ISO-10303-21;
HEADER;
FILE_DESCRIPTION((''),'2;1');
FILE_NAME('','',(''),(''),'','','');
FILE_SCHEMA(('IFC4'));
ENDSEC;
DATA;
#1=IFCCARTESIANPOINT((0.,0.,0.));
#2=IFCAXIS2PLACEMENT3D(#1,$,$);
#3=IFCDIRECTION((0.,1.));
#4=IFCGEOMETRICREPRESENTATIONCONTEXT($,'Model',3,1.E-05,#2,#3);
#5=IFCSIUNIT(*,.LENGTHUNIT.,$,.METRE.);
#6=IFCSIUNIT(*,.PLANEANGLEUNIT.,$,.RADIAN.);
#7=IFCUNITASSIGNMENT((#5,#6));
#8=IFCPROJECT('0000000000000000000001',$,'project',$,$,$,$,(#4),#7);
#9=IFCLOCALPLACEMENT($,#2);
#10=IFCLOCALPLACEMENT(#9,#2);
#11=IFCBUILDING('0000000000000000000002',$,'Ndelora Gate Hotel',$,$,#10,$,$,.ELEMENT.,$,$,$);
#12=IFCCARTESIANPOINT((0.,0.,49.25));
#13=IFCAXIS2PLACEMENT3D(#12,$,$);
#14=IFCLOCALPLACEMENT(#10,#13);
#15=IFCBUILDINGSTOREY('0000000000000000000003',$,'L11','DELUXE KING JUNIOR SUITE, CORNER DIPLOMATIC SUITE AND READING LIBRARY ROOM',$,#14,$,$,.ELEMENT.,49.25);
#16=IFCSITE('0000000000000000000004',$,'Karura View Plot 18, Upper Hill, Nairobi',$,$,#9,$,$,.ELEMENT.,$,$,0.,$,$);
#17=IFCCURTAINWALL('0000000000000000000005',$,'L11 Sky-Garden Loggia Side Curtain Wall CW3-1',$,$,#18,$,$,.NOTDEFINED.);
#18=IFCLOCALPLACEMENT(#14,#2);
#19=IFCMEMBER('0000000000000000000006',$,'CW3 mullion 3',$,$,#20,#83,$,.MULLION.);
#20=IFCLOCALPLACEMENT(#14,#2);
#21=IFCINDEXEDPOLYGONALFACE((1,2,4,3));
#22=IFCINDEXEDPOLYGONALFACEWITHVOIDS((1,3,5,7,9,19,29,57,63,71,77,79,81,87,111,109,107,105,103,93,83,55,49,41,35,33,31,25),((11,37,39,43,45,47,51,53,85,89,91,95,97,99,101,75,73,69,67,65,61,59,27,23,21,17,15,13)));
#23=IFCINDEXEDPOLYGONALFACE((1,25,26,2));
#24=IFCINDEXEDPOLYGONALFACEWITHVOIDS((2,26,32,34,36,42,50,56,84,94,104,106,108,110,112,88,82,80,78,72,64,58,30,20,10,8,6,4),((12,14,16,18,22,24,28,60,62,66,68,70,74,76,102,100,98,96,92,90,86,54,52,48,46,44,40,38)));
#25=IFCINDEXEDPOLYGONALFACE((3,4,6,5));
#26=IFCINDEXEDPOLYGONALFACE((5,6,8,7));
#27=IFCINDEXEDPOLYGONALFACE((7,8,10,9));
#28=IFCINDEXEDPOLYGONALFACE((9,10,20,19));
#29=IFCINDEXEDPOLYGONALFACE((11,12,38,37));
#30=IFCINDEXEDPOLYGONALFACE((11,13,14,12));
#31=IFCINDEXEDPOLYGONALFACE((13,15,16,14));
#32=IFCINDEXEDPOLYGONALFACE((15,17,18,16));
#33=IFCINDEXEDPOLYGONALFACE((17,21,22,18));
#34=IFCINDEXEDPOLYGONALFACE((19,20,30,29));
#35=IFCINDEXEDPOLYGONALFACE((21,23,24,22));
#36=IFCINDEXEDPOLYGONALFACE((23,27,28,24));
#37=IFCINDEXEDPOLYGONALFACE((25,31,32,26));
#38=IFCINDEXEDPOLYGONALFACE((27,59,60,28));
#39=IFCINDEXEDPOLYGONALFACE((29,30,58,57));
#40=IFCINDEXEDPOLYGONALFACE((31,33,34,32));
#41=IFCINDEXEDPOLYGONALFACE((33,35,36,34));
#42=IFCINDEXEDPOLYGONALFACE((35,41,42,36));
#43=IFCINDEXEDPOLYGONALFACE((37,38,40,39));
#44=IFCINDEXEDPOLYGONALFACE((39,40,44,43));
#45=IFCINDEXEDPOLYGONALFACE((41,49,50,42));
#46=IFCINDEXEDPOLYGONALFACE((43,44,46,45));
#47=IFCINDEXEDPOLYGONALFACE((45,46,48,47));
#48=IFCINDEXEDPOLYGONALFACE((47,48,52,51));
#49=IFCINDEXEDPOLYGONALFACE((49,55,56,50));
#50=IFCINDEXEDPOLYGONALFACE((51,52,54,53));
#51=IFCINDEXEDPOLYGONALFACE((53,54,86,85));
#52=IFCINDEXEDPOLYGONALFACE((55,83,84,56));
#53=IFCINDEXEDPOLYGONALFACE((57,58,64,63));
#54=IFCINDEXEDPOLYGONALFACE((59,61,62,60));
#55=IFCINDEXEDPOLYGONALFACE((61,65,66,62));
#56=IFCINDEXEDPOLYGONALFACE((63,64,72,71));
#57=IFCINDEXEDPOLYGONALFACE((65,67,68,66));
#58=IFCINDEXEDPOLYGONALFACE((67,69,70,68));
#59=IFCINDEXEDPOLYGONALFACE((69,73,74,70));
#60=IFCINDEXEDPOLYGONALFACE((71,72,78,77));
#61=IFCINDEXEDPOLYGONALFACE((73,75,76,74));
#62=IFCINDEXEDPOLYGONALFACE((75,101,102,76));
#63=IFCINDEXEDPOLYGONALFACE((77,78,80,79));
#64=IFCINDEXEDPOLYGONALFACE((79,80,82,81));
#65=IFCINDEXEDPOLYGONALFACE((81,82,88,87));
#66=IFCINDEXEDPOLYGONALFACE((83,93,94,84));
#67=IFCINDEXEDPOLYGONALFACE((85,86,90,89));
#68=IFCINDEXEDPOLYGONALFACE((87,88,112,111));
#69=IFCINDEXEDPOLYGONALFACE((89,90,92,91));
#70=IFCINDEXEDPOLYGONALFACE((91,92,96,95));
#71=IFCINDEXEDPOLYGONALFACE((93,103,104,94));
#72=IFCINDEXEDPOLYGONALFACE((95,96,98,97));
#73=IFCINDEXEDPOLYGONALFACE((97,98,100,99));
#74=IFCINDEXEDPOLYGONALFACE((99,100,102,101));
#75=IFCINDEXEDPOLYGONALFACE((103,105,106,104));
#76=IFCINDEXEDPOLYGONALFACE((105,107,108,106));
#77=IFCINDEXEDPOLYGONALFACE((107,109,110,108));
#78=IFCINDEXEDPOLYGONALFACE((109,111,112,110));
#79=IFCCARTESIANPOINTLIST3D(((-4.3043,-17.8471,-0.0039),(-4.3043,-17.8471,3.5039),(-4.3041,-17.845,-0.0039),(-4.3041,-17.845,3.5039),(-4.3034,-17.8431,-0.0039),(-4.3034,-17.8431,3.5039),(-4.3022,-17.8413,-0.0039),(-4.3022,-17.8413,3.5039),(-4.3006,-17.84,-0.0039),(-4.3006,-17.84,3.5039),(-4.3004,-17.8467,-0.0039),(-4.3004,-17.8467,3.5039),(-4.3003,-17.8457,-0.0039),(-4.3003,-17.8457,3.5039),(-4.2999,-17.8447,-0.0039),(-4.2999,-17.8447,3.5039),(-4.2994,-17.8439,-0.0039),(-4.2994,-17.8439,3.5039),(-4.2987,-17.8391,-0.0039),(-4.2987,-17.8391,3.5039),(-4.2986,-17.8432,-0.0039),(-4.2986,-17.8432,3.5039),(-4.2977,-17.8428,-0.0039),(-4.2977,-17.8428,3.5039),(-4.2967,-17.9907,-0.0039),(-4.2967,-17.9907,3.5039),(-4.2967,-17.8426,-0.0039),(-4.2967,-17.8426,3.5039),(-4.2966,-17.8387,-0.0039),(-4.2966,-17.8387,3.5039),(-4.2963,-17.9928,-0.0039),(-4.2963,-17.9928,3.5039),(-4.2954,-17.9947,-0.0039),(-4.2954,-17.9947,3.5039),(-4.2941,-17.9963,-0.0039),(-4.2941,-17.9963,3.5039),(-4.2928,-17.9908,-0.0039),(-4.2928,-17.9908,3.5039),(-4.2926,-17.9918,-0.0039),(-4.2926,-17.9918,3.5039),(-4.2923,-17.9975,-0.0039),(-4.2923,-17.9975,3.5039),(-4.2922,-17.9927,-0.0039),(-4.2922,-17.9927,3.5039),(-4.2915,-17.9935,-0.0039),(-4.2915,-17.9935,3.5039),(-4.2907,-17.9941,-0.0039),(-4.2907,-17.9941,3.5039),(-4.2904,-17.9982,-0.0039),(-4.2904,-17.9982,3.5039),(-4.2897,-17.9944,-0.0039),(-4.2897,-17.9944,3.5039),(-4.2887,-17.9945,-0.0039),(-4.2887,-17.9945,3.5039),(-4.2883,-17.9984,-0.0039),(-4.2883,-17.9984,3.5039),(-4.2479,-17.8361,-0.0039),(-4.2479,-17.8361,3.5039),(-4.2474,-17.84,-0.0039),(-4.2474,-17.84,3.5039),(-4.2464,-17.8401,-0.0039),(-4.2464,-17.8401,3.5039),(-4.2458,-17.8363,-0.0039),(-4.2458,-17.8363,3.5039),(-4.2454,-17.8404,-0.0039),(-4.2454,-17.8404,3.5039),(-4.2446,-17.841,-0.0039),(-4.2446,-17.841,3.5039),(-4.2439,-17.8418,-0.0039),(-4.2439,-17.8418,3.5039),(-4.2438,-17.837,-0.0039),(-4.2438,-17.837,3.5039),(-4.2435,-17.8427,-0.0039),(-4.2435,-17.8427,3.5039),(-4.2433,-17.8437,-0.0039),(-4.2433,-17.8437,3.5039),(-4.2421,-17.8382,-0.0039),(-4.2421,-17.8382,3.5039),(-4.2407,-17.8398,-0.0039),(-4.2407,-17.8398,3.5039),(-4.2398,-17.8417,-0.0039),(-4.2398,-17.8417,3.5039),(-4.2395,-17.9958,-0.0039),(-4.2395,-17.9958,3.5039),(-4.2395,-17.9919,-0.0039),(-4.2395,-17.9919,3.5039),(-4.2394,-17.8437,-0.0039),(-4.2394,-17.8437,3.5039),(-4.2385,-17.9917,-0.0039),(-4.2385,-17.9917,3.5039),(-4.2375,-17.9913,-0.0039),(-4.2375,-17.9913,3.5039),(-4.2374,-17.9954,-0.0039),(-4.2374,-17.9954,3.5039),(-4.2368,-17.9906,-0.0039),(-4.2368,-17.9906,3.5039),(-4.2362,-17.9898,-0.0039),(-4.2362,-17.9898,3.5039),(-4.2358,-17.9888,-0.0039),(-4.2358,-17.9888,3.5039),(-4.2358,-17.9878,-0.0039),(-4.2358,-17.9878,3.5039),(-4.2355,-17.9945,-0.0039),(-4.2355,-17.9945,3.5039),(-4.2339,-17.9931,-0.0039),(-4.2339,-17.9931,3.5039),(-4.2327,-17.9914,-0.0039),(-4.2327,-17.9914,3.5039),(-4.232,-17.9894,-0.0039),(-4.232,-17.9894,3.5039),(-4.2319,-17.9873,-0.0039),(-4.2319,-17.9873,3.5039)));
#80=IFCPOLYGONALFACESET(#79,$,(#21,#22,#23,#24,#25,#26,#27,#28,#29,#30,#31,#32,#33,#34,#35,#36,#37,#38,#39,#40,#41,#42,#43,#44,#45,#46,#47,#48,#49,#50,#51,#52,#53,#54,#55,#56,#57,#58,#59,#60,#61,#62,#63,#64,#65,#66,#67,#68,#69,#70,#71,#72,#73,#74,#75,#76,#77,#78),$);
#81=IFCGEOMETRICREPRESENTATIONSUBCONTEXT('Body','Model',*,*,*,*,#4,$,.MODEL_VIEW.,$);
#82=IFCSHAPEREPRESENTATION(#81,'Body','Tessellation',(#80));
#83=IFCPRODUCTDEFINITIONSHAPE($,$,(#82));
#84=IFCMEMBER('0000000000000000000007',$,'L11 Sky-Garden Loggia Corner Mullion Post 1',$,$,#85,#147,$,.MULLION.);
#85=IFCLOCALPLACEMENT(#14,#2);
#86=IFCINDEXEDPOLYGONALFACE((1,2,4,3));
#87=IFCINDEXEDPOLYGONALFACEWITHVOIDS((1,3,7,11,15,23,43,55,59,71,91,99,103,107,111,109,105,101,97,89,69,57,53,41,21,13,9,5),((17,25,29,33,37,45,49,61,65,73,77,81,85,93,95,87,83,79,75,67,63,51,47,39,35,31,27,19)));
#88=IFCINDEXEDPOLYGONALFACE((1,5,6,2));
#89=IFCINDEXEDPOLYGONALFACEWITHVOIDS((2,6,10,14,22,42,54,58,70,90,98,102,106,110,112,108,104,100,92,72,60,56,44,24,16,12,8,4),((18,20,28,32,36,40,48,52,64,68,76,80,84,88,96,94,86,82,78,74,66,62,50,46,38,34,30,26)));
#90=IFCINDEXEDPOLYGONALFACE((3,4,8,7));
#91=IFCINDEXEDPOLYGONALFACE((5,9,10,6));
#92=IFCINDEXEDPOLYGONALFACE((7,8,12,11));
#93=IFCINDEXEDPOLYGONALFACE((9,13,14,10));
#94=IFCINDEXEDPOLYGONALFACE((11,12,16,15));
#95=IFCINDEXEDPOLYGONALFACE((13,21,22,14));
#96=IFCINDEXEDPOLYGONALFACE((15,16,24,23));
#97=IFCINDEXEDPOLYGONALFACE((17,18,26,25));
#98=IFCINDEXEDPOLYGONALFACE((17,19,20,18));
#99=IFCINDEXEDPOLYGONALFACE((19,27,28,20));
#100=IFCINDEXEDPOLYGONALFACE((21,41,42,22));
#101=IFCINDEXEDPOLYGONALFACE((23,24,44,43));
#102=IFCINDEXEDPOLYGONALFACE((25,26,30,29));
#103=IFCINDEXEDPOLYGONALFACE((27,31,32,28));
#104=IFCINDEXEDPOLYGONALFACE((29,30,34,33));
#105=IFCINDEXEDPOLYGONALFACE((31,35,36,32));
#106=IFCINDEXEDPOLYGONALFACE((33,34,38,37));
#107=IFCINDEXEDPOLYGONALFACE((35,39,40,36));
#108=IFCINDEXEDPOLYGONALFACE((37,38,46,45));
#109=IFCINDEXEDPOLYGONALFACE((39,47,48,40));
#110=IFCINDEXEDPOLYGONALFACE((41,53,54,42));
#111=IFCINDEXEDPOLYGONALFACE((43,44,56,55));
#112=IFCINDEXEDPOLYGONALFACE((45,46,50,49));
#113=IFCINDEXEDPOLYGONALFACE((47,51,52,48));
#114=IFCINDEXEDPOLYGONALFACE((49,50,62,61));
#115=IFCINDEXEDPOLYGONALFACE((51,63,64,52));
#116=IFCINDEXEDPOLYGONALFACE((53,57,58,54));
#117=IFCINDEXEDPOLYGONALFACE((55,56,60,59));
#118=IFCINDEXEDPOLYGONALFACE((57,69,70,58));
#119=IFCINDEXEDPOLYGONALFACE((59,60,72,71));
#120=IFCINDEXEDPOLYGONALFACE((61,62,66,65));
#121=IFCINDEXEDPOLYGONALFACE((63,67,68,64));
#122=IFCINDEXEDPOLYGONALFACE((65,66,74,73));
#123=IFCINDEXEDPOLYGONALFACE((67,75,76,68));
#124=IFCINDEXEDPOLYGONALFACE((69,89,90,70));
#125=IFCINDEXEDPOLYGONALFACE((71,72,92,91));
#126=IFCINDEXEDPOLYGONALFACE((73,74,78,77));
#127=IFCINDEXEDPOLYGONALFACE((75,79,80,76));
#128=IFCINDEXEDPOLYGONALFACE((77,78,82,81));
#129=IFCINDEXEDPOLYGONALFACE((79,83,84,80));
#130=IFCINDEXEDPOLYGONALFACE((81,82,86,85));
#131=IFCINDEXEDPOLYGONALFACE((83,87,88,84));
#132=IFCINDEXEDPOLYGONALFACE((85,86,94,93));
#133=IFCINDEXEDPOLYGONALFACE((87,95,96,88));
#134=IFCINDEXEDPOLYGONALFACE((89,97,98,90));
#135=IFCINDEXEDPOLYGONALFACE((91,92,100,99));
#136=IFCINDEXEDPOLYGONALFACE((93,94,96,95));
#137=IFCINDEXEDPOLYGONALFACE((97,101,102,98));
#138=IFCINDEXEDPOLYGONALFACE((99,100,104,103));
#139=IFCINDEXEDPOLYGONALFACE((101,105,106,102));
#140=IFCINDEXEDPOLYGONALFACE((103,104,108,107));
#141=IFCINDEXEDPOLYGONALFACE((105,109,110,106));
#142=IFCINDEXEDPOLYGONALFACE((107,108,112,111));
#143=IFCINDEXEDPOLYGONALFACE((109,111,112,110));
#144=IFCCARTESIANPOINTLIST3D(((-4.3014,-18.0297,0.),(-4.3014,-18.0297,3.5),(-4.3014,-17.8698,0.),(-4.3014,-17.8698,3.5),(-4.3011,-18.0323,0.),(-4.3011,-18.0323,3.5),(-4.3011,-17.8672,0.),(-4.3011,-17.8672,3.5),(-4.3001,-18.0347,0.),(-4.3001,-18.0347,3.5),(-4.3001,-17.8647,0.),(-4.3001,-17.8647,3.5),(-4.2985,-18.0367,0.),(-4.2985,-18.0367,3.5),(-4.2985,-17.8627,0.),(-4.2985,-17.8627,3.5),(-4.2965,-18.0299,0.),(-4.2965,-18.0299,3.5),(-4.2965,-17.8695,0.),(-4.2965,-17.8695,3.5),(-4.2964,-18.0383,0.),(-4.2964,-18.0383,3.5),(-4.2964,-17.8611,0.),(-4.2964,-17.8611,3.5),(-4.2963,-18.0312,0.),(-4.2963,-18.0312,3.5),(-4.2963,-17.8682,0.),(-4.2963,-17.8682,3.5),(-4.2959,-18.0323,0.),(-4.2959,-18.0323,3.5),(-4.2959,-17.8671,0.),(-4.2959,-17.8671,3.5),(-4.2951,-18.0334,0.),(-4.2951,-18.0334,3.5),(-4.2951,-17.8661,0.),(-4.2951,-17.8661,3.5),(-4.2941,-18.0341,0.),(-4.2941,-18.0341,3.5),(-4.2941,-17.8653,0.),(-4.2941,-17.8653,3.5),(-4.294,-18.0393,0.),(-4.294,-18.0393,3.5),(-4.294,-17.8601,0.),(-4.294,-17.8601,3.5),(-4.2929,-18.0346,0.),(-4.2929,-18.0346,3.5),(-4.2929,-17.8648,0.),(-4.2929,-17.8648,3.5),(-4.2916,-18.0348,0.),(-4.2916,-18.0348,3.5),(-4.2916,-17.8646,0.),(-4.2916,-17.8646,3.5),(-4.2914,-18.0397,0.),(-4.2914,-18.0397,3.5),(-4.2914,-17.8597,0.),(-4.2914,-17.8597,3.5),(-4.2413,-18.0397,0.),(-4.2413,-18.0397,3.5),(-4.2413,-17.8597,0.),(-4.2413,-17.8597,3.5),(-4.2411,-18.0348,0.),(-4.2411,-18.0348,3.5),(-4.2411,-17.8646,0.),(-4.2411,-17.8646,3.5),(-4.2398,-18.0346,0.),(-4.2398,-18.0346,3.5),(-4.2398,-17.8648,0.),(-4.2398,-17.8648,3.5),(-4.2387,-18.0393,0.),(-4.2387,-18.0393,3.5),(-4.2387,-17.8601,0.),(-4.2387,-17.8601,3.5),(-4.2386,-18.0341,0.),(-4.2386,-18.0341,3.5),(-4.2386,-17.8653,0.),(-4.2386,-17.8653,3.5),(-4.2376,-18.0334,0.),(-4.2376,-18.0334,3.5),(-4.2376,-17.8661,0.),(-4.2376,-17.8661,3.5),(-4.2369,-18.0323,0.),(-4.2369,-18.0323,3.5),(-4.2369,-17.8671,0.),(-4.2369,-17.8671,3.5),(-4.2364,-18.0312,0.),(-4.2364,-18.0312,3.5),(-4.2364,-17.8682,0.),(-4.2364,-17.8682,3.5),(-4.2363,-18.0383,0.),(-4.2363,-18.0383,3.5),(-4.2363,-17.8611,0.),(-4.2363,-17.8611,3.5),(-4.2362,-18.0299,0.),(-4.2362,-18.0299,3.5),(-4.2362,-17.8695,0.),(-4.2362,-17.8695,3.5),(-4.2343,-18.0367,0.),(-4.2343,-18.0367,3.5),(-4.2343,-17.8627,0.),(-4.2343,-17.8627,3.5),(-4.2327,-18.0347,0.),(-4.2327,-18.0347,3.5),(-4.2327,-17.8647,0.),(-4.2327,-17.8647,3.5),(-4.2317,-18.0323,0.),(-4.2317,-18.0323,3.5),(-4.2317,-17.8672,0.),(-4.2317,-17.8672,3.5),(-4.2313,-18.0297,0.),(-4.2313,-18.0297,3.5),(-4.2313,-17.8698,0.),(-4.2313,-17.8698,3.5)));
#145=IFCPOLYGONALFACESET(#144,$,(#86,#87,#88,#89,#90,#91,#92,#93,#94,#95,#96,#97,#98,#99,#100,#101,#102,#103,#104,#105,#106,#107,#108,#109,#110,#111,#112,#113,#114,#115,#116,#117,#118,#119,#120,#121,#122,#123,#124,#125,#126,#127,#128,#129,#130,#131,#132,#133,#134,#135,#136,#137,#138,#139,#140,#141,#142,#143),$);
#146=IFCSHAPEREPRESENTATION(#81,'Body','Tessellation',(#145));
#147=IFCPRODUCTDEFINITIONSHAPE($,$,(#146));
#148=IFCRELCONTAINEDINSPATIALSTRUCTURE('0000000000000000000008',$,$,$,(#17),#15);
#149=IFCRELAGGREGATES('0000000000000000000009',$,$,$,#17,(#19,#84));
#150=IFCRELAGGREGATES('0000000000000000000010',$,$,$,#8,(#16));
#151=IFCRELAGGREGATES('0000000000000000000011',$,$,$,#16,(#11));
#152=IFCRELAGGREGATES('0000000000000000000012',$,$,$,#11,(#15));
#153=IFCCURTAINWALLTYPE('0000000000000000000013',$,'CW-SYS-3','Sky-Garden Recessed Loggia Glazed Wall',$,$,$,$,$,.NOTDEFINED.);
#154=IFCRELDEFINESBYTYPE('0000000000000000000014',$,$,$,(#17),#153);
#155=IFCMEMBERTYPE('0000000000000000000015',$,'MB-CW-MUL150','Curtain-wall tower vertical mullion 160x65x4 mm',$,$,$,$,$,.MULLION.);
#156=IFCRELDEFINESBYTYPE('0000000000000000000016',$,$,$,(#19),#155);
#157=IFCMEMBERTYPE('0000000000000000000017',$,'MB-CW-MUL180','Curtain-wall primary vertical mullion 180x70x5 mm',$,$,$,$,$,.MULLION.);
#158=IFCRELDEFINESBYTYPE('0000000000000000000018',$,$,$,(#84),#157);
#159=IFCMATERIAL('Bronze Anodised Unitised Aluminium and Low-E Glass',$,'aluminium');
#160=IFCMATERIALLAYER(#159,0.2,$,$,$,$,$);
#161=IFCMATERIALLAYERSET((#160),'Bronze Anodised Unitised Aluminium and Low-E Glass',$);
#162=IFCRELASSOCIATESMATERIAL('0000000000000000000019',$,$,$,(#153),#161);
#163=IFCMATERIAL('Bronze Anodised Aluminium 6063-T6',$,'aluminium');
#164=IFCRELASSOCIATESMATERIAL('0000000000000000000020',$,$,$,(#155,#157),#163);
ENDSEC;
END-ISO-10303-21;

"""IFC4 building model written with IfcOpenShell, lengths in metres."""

from ifc_helpers import new_model, si_unit, direction, frame, origin, origin_2d, place, context, subcontext, project, spatial, hollow_rectangle, extrude, material, layer, layer_set, material_profile, profile_set, type_object, element, aggregate, save


model = new_model("IFC4")

# Units and contexts
model_context = context("Model", 3, precision=1e-05, world=origin(), true_north=direction((0.0, 1.0)))
body_context = subcontext(model_context, "Body", "Model", "MODEL_VIEW")
ifc_project = project(units=[si_unit("LENGTHUNIT", "METRE"), si_unit("PLANEANGLEUNIT", "RADIAN")], contexts=[model_context])

# Site, building, storey
site_placement = place(None, origin())
site = spatial("IfcSite", under=ifc_project, at=site_placement, Name="Karura View Plot 18, Upper Hill, Nairobi", CompositionType="ELEMENT", RefElevation=0.0)
building_placement = place(site_placement, origin())
building = spatial("IfcBuilding", under=site, at=building_placement, Name="Ndelora Gate Hotel", CompositionType="ELEMENT")
storey_placement = place(building_placement, frame((0.0, 0.0, 49.25)))
storey = spatial("IfcBuildingStorey", under=building, at=storey_placement, Name="L11", Description="DELUXE KING JUNIOR SUITE, CORNER DIPLOMATIC SUITE AND READING LIBRARY ROOM", CompositionType="ELEMENT", Elevation=49.25)

# Curtain wall, members
ifc_material_1 = material(Name="Bronze Anodised Unitised Aluminium and Low-E Glass", Category="aluminium")
ifc_layer_1 = layer(ifc_material_1, 0.2)
ifc_layer_set_1 = layer_set([ifc_layer_1], Name="Bronze Anodised Unitised Aluminium and Low-E Glass")
curtain_wall_type = type_object("IfcCurtainWallType", Name="CW-SYS-3", Description="Sky-Garden Recessed Loggia Glazed Wall", PredefinedType="NOTDEFINED", material=ifc_layer_set_1)
curtain_wall_placement = place(storey_placement, origin())
curtain_wall = element("IfcCurtainWall", 1, at=curtain_wall_placement, inside=storey, type_object=curtain_wall_type, Name="L11 Sky-Garden Loggia Side Curtain Wall CW3-1", PredefinedType="NOTDEFINED")
ifc_material_2 = material(Name="Bronze Anodised Aluminium 6063-T6", Category="aluminium")
ifc_material_profile_1 = material_profile(ifc_material_2, hollow_rectangle(XDim=0.0649, YDim=0.1599, WallThickness=0.0039, InnerFilletRadius=0.0039, OuterFilletRadius=0.0081, at=origin_2d()), Name="ALU 160x65x4")
ifc_profile_set_1 = profile_set([ifc_material_profile_1], Name="Bronze Anodised Aluminium 6063-T6")
member_type_1 = type_object("IfcMemberType", Name="MB-CW-MUL150", Description="Curtain-wall tower vertical mullion 160x65x4 mm", PredefinedType="MULLION", material=ifc_profile_set_1)
member_1_placement = place(storey_placement, frame((-4.2681, -17.9172, -0.0039), z_axis=(0.0, 0.0, 1.0), x_axis=(0.998628, 0.052363, 0.0)))
member_1 = element("IfcMember", 2, at=member_1_placement, type_object=member_type_1, Name="CW3 mullion 3", PredefinedType="MULLION", context=body_context, shape_type="SweptSolid", body=[
    extrude(hollow_rectangle(XDim=0.0649, YDim=0.1599, WallThickness=0.0039, InnerFilletRadius=0.0039, OuterFilletRadius=0.0081, at=origin_2d()), origin(), (0.0, 0.0, 1.0), 3.5078),
])
ifc_material_profile_2 = material_profile(ifc_material_2, hollow_rectangle(XDim=0.0701, YDim=0.1799, WallThickness=0.0049, InnerFilletRadius=0.0049, OuterFilletRadius=0.01, at=origin_2d()), Name="ALU 180x70x5")
ifc_profile_set_2 = profile_set([ifc_material_profile_2], Name="Bronze Anodised Aluminium 6063-T6")
member_type_2 = type_object("IfcMemberType", Name="MB-CW-MUL180", Description="Curtain-wall primary vertical mullion 180x70x5 mm", PredefinedType="MULLION", material=ifc_profile_set_2)
member_2_placement = place(storey_placement, frame((-4.2664, -17.9497, 0.0), z_axis=(0.0, 0.0, 1.0), x_axis=(1.0, 0.0, 0.0)))
member_2 = element("IfcMember", 3, at=member_2_placement, type_object=member_type_2, Name="L11 Sky-Garden Loggia Corner Mullion Post 1", PredefinedType="MULLION", context=body_context, shape_type="SweptSolid", body=[
    extrude(hollow_rectangle(XDim=0.0701, YDim=0.1799, WallThickness=0.0049, InnerFilletRadius=0.0049, OuterFilletRadius=0.01, at=origin_2d()), origin(), (0.0, 0.0, 1.0), 3.5),
])
aggregate(curtain_wall, [member_1, member_2])

save(model, "model.ifc")
